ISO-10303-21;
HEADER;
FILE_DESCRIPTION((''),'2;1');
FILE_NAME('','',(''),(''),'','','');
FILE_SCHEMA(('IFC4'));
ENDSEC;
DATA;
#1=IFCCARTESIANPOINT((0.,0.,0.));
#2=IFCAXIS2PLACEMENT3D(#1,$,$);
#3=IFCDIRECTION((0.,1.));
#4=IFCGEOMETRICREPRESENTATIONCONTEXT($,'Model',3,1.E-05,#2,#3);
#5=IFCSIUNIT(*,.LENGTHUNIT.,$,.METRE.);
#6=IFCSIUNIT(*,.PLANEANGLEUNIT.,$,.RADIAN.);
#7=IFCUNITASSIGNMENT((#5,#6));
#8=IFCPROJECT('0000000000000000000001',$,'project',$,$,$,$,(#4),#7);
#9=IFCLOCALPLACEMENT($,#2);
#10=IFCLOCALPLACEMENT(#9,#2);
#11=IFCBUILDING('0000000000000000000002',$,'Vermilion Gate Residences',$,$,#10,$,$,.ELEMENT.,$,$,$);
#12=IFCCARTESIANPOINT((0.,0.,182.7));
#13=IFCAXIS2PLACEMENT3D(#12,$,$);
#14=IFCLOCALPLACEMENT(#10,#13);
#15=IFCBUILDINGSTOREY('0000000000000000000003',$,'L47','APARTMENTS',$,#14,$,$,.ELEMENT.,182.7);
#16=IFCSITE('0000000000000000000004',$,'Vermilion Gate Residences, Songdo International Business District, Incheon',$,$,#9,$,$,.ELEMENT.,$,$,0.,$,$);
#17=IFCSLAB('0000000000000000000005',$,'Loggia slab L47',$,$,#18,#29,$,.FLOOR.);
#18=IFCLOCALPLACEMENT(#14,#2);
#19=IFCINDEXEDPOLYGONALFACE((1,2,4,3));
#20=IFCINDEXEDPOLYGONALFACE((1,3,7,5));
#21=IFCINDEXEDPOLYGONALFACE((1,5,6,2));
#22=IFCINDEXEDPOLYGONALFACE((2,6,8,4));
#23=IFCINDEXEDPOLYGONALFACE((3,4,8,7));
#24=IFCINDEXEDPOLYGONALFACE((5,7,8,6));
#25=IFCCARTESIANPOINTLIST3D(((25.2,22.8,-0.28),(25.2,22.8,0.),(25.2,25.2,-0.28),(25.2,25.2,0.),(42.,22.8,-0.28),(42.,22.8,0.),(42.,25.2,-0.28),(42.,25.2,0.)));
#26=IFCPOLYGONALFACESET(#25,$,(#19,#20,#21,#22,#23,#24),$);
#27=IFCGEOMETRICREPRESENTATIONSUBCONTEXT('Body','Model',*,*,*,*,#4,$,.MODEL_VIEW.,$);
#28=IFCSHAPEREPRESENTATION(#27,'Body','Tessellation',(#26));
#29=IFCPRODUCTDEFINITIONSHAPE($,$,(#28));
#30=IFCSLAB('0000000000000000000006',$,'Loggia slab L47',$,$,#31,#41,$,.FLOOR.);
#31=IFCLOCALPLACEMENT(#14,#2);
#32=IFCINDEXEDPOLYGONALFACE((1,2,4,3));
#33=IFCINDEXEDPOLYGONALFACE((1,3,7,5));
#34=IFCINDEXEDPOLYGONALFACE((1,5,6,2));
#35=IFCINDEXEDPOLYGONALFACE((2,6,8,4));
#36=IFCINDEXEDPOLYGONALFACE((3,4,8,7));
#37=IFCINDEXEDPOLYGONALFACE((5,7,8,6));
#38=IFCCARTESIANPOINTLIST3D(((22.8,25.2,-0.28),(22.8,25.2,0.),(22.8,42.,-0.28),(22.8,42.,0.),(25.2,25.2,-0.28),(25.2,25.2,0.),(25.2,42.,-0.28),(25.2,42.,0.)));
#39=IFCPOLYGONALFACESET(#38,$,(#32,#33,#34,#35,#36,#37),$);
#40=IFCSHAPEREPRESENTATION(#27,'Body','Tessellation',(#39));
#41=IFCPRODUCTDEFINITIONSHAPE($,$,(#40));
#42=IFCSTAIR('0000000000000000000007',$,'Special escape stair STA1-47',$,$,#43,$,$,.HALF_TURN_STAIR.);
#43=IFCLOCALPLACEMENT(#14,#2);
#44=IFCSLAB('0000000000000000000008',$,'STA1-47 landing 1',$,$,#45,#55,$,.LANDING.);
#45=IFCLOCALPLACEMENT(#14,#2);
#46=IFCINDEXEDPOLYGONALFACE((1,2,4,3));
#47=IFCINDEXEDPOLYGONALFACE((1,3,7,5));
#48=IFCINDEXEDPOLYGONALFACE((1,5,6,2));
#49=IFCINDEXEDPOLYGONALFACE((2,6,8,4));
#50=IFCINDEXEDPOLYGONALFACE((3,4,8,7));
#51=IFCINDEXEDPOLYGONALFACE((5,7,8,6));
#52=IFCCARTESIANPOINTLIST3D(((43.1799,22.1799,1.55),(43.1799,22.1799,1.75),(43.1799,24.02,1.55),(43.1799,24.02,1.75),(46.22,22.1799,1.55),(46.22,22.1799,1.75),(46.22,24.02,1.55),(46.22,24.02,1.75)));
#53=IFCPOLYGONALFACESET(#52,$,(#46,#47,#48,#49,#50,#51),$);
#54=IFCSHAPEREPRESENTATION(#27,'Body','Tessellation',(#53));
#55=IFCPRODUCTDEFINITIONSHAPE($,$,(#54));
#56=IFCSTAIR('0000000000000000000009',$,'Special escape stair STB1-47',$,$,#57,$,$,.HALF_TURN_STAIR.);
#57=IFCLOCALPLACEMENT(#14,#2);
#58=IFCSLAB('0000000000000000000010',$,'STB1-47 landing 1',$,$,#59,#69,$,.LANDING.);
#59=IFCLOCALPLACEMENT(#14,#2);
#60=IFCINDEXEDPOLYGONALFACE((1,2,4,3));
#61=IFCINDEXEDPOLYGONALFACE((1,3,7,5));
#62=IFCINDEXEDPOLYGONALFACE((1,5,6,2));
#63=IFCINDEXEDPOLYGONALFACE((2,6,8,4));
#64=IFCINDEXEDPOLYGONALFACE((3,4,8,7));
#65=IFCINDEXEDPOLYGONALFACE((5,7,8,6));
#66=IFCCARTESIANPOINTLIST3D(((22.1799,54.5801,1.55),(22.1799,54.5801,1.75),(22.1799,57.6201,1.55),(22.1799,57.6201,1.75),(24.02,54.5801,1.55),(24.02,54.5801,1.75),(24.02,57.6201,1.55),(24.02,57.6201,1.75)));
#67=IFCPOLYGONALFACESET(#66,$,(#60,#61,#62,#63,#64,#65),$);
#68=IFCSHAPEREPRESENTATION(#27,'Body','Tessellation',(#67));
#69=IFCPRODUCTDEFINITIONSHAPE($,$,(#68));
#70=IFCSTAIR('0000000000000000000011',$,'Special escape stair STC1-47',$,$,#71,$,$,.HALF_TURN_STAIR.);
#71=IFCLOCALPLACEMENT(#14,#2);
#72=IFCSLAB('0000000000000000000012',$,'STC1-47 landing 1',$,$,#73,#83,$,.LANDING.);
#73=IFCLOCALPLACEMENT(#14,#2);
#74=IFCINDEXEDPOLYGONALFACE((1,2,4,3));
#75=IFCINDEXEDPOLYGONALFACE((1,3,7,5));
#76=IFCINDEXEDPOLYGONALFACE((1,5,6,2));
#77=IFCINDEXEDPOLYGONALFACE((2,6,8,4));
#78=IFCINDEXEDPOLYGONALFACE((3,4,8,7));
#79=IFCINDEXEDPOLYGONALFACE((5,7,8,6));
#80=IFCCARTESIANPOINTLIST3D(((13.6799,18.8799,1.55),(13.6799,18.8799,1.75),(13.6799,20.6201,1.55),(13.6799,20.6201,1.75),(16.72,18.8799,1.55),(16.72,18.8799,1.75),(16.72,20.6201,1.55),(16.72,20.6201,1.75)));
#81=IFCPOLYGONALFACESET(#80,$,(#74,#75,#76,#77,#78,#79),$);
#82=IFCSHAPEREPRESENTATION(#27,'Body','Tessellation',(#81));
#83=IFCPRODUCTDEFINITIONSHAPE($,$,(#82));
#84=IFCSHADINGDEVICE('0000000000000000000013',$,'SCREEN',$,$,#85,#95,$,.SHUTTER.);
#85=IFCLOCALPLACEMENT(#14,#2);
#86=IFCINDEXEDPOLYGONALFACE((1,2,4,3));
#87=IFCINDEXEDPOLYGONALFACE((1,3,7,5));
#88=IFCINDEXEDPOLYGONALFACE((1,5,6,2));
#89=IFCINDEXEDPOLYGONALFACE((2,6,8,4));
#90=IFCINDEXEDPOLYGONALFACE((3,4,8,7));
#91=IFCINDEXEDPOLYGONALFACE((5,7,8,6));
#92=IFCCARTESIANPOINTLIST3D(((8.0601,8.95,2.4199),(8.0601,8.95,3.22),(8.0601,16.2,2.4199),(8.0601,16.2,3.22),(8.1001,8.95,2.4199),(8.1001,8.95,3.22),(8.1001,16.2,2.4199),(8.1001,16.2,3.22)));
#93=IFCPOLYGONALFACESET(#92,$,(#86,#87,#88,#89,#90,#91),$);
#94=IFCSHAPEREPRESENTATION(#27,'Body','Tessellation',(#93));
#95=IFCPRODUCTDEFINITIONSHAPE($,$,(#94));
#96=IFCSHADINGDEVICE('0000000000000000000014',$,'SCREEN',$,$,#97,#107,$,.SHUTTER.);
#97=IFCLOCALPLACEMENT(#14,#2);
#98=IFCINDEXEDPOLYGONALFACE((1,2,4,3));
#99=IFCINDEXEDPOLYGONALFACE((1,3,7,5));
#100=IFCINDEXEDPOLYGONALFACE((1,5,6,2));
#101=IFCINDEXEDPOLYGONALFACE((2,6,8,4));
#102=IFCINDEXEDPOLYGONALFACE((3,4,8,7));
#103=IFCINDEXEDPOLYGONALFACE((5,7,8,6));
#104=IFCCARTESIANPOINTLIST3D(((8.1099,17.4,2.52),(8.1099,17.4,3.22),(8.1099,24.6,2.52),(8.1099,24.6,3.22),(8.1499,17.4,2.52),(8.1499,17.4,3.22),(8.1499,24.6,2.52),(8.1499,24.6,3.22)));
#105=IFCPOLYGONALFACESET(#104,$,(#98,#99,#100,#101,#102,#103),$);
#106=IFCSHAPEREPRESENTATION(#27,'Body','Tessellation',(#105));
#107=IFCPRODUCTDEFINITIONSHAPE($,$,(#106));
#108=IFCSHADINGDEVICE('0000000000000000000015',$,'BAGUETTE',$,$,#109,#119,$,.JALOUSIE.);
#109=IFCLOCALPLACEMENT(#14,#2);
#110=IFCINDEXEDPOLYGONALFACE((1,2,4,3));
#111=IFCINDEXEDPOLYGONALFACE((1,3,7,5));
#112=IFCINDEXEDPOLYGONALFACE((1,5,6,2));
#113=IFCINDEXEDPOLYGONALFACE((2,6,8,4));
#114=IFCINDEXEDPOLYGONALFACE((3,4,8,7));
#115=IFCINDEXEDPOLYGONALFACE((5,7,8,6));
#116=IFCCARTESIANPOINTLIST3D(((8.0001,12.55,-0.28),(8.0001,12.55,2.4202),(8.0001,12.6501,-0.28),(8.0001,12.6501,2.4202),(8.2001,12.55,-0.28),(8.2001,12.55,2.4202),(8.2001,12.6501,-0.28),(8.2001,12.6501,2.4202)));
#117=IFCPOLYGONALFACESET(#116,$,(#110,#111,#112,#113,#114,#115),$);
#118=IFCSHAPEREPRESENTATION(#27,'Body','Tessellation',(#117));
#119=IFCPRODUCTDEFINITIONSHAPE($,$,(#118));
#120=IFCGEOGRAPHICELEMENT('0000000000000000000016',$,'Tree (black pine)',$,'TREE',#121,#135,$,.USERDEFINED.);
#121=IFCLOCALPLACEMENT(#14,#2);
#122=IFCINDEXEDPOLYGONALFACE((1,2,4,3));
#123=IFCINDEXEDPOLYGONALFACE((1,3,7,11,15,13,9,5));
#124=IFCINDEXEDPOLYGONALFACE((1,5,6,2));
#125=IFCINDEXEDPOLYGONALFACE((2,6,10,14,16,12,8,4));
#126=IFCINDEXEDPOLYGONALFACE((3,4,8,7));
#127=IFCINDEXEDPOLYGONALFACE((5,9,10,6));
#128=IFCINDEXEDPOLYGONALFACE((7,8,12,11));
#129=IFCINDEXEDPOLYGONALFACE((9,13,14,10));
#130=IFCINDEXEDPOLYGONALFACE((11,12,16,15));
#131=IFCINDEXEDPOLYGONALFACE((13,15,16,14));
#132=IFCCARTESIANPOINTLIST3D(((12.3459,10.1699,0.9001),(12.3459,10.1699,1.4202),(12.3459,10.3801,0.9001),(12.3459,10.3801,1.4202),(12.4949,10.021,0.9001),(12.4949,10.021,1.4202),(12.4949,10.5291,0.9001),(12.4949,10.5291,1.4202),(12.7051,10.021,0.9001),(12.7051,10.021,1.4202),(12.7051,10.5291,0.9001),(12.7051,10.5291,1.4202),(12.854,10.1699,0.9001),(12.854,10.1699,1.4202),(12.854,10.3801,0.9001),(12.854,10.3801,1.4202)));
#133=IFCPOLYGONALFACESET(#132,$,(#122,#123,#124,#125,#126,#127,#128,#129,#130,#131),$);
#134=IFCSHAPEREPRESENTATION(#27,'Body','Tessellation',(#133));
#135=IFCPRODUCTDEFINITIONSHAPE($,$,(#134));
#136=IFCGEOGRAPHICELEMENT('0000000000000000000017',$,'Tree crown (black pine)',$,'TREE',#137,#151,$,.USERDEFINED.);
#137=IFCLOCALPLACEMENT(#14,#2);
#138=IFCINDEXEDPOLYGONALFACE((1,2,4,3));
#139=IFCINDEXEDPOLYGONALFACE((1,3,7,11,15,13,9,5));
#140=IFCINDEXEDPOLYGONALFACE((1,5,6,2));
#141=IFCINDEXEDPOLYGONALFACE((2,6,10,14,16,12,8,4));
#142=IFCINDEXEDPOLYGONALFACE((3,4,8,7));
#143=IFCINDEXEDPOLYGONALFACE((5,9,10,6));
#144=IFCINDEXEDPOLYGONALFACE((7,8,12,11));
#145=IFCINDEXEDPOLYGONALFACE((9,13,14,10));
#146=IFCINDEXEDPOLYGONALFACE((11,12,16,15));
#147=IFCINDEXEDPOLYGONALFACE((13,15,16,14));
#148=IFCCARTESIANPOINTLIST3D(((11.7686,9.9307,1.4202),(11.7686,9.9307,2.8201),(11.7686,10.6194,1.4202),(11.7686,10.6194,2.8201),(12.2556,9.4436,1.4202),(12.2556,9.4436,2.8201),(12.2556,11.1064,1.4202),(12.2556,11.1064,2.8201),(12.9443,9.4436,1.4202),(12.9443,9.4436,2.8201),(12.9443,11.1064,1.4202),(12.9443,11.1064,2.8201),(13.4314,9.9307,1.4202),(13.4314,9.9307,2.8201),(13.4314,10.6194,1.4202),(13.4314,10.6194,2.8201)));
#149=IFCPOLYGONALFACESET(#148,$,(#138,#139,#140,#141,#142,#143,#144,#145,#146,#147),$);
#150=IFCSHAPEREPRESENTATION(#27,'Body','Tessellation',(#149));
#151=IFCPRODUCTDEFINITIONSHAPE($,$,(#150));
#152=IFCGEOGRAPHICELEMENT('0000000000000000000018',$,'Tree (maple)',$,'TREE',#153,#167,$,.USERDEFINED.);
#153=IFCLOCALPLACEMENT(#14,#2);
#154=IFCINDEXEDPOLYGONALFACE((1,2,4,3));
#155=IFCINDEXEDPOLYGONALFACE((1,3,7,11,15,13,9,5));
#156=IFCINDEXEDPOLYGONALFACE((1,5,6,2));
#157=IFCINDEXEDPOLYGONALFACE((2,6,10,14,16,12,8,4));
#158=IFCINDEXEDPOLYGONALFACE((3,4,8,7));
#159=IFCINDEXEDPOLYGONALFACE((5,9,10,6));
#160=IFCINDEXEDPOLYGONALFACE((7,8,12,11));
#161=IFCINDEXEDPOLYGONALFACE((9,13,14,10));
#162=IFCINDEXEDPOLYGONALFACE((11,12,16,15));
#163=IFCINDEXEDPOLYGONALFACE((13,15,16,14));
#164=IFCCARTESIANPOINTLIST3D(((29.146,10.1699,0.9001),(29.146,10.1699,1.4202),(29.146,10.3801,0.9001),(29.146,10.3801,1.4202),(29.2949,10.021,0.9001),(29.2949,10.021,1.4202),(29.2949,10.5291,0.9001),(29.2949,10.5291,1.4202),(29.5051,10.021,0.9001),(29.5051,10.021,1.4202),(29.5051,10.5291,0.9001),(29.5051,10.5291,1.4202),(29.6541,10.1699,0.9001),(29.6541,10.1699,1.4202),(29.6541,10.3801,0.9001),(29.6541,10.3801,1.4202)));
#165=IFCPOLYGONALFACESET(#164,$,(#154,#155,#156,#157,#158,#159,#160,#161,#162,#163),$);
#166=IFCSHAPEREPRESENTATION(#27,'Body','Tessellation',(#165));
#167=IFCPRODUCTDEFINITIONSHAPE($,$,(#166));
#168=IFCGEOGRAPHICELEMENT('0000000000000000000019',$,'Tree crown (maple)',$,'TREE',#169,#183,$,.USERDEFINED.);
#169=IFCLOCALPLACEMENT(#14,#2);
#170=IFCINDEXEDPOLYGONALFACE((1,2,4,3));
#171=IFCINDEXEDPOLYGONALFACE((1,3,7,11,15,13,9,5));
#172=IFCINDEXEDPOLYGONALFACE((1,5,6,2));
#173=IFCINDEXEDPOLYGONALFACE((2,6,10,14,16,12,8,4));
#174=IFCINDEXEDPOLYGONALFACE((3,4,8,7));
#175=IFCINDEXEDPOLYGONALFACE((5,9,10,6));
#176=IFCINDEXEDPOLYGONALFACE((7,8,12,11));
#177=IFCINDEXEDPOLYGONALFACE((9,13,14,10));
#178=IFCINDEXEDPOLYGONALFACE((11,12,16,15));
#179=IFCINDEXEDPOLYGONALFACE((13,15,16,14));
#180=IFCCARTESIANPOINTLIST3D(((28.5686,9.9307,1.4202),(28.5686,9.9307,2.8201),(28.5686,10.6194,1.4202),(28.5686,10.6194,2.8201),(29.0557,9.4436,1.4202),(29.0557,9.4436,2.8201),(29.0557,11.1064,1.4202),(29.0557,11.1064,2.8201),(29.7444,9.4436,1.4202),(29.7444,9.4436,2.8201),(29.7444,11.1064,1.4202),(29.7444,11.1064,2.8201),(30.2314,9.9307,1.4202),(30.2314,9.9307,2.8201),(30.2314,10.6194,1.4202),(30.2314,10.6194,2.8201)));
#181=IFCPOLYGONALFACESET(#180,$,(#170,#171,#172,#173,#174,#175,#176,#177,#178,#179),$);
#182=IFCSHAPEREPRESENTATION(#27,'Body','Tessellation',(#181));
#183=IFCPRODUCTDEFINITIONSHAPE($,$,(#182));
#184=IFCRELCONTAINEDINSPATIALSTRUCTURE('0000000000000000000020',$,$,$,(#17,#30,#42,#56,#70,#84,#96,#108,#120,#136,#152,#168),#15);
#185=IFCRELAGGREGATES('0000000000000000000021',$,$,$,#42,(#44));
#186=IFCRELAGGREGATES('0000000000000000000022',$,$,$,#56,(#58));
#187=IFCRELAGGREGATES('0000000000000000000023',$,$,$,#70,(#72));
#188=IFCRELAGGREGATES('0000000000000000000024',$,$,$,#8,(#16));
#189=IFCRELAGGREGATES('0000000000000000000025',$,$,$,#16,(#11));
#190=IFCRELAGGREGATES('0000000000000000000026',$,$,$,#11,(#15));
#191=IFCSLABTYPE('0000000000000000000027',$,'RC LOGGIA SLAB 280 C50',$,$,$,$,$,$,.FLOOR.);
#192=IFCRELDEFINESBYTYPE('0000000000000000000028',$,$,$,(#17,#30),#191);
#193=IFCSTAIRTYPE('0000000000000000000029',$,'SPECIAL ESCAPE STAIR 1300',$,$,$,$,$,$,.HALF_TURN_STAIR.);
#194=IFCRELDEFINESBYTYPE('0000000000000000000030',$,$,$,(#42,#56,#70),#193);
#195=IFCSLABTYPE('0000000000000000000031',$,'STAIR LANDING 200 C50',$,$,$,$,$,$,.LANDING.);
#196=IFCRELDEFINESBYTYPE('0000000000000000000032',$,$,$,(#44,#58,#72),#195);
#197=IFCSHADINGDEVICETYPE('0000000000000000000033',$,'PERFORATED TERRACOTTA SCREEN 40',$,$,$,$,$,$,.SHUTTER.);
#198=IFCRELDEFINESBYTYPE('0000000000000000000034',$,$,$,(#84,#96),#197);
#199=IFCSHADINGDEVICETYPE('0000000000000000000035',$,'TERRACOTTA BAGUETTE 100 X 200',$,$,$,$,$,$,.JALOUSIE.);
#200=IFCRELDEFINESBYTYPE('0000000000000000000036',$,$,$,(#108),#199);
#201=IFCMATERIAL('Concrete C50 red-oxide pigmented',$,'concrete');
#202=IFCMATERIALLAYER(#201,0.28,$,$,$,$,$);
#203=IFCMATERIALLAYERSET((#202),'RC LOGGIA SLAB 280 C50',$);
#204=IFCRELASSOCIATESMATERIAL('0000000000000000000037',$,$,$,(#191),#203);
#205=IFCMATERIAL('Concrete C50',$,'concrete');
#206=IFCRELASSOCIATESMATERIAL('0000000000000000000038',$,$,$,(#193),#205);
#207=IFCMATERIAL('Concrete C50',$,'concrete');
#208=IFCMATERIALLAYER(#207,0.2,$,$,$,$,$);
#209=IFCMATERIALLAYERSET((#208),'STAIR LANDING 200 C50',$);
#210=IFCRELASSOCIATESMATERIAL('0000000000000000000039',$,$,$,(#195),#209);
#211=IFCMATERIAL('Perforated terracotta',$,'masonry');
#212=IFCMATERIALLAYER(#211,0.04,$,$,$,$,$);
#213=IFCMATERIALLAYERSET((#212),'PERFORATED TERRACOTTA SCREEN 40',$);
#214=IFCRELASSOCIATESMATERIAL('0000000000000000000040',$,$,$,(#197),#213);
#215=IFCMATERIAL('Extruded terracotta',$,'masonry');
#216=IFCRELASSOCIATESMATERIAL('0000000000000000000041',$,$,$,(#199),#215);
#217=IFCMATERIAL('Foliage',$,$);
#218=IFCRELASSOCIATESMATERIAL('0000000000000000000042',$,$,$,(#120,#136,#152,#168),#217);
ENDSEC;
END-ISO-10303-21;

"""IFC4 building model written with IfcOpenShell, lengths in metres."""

from ifc_helpers import new_model, si_unit, direction, frame, origin, origin_2d, place, context, subcontext, project, spatial, polyline, rectangle, outline, extrude, material, layer, layer_set, material_profile, profile_set, type_object, element, aggregate, save


model = new_model("IFC4")

# Units and contexts
model_context = context("Model", 3, precision=1e-05, world=origin(), true_north=direction((0.0, 1.0)))
body_context = subcontext(model_context, "Body", "Model", "MODEL_VIEW")
ifc_project = project(units=[si_unit("LENGTHUNIT", "METRE"), si_unit("PLANEANGLEUNIT", "RADIAN")], contexts=[model_context])

# Site, building, storey
site_placement = place(None, origin())
site = spatial("IfcSite", under=ifc_project, at=site_placement, Name="Vermilion Gate Residences, Songdo International Business District, Incheon", CompositionType="ELEMENT", RefElevation=0.0)
building_placement = place(site_placement, origin())
building = spatial("IfcBuilding", under=site, at=building_placement, Name="Vermilion Gate Residences", CompositionType="ELEMENT")
storey_placement = place(building_placement, frame((0.0, 0.0, 182.7)))
storey = spatial("IfcBuildingStorey", under=building, at=storey_placement, Name="L47", Description="APARTMENTS", CompositionType="ELEMENT", Elevation=182.7)

# Slabs
ifc_material_1 = material(Name="Concrete C50 red-oxide pigmented", Category="concrete")
ifc_layer_1 = layer(ifc_material_1, 0.28)
ifc_layer_set_1 = layer_set([ifc_layer_1], Name="RC LOGGIA SLAB 280 C50")
slab_type_1 = type_object("IfcSlabType", Name="RC LOGGIA SLAB 280 C50", PredefinedType="FLOOR", material=ifc_layer_set_1)
slab_1_placement = place(storey_placement, frame((0.0, 0.0, -0.28)))
element("IfcSlab", 1, at=slab_1_placement, inside=storey, type_object=slab_type_1, Name="Loggia slab L47", PredefinedType="FLOOR", context=body_context, shape_type="SweptSolid", body=[
    extrude(outline(polyline([(42.0, 25.2), (25.2, 25.2), (25.2, 22.8), (42.0, 22.8), (42.0, 25.2)])), origin(), (0.0, 0.0, 1.0), 0.28),
])
slab_2_placement = place(storey_placement, frame((0.0, 0.0, -0.28)))
element("IfcSlab", 2, at=slab_2_placement, inside=storey, type_object=slab_type_1, Name="Loggia slab L47", PredefinedType="FLOOR", context=body_context, shape_type="SweptSolid", body=[
    extrude(outline(polyline([(22.8, 42.0), (22.8, 25.2), (25.2, 25.2), (25.2, 42.0), (22.8, 42.0)])), origin(), (0.0, 0.0, 1.0), 0.28),
])

# Stairs, slabs
ifc_material_2 = material(Name="Concrete C50", Category="concrete")
stair_type = type_object("IfcStairType", Name="SPECIAL ESCAPE STAIR 1300", PredefinedType="HALF_TURN_STAIR", material=ifc_material_2)
stair_1_placement = place(storey_placement, origin())
stair_1 = element("IfcStair", 3, at=stair_1_placement, inside=storey, type_object=stair_type, Name="Special escape stair STA1-47", PredefinedType="HALF_TURN_STAIR")
ifc_material_3 = material(Name="Concrete C50", Category="concrete")
ifc_layer_2 = layer(ifc_material_3, 0.2)
ifc_layer_set_2 = layer_set([ifc_layer_2], Name="STAIR LANDING 200 C50")
slab_type_2 = type_object("IfcSlabType", Name="STAIR LANDING 200 C50", PredefinedType="LANDING", material=ifc_layer_set_2)
slab_3_placement = place(storey_placement, frame((0.0, 0.0, 1.55)))
slab_3 = element("IfcSlab", 4, at=slab_3_placement, type_object=slab_type_2, Name="STA1-47 landing 1", PredefinedType="LANDING", context=body_context, shape_type="SweptSolid", body=[
    extrude(outline(polyline([(46.22, 22.1799), (46.22, 24.02), (43.1799, 24.02), (43.1799, 22.1799), (46.22, 22.1799)])), origin(), (0.0, 0.0, 1.0), 0.2),
])
aggregate(stair_1, [slab_3])
stair_2_placement = place(storey_placement, origin())
stair_2 = element("IfcStair", 5, at=stair_2_placement, inside=storey, type_object=stair_type, Name="Special escape stair STB1-47", PredefinedType="HALF_TURN_STAIR")
slab_4_placement = place(storey_placement, frame((0.0, 0.0, 1.55)))
slab_4 = element("IfcSlab", 6, at=slab_4_placement, type_object=slab_type_2, Name="STB1-47 landing 1", PredefinedType="LANDING", context=body_context, shape_type="SweptSolid", body=[
    extrude(outline(polyline([(24.02, 54.5801), (24.02, 57.6201), (22.1799, 57.6201), (22.1799, 54.5801), (24.02, 54.5801)])), origin(), (0.0, 0.0, 1.0), 0.2),
])
aggregate(stair_2, [slab_4])
stair_3_placement = place(storey_placement, origin())
stair_3 = element("IfcStair", 7, at=stair_3_placement, inside=storey, type_object=stair_type, Name="Special escape stair STC1-47", PredefinedType="HALF_TURN_STAIR")
slab_5_placement = place(storey_placement, frame((0.0, 0.0, 1.55)))
slab_5 = element("IfcSlab", 8, at=slab_5_placement, type_object=slab_type_2, Name="STC1-47 landing 1", PredefinedType="LANDING", context=body_context, shape_type="SweptSolid", body=[
    extrude(outline(polyline([(16.72, 18.8799), (16.72, 20.6201), (13.6799, 20.6201), (13.6799, 18.8799), (16.72, 18.8799)])), origin(), (0.0, 0.0, 1.0), 0.2),
])
aggregate(stair_3, [slab_5])

# Shading devices
ifc_material_4 = material(Name="Perforated terracotta", Category="masonry")
ifc_layer_3 = layer(ifc_material_4, 0.04)
ifc_layer_set_3 = layer_set([ifc_layer_3], Name="PERFORATED TERRACOTTA SCREEN 40")
shading_device_type_1 = type_object("IfcShadingDeviceType", Name="PERFORATED TERRACOTTA SCREEN 40", PredefinedType="SHUTTER", material=ifc_layer_set_3)
shading_device_1_placement = place(storey_placement, frame((8.0801, 12.575, 2.4199), z_axis=(0.0, 0.0, 1.0), x_axis=(0.0, -1.0, 0.0)))
element("IfcShadingDevice", 9, at=shading_device_1_placement, inside=storey, type_object=shading_device_type_1, Name="SCREEN", PredefinedType="SHUTTER", context=body_context, shape_type="SweptSolid", body=[
    extrude(rectangle(XDim=7.25, YDim=0.04, at=origin_2d()), origin(), (0.0, 0.0, 1.0), 0.8),
])
shading_device_2_placement = place(storey_placement, frame((8.1299, 21.0, 2.52), z_axis=(0.0, 0.0, 1.0), x_axis=(0.0, -1.0, 0.0)))
element("IfcShadingDevice", 10, at=shading_device_2_placement, inside=storey, type_object=shading_device_type_1, Name="SCREEN", PredefinedType="SHUTTER", context=body_context, shape_type="SweptSolid", body=[
    extrude(rectangle(XDim=7.2, YDim=0.04, at=origin_2d()), origin(), (0.0, 0.0, 1.0), 0.7),
])
ifc_material_5 = material(Name="Extruded terracotta", Category="masonry")
ifc_material_profile = material_profile(ifc_material_5, rectangle(XDim=0.2, YDim=0.1001, at=origin_2d()), Name="BAGUETTE 100 X 200")
ifc_profile_set = profile_set([ifc_material_profile], Name="Extruded terracotta")
shading_device_type_2 = type_object("IfcShadingDeviceType", Name="TERRACOTTA BAGUETTE 100 X 200", PredefinedType="JALOUSIE", material=ifc_profile_set)
shading_device_3_placement = place(storey_placement, frame((8.1001, 12.6001, -0.28), z_axis=(0.0, 0.0, 1.0), x_axis=(1.0, 0.0, 0.0)))
element("IfcShadingDevice", 11, at=shading_device_3_placement, inside=storey, type_object=shading_device_type_2, Name="BAGUETTE", PredefinedType="JALOUSIE", context=body_context, shape_type="SweptSolid", body=[
    extrude(rectangle(XDim=0.2, YDim=0.1001, at=origin_2d()), origin(), (0.0, 0.0, 1.0), 2.7002),
])

# Geographic elements
ifc_material_6 = material(Name="Foliage")
geographic_element_1_placement = place(storey_placement, frame((0.0, 0.0, 0.9001)))
element("IfcGeographicElement", 12, at=geographic_element_1_placement, inside=storey, material=ifc_material_6, Name="Tree (black pine)", ObjectType="TREE", PredefinedType="USERDEFINED", context=body_context, shape_type="SweptSolid", body=[
    extrude(outline(polyline([(12.854, 10.3801), (12.7051, 10.5291), (12.4949, 10.5291), (12.3459, 10.3801), (12.3459, 10.1699), (12.4949, 10.021), (12.7051, 10.021), (12.854, 10.1699), (12.854, 10.3801)])), origin(), (0.0, 0.0, 1.0), 0.52),
])
geographic_element_2_placement = place(storey_placement, frame((0.0, 0.0, 1.4202)))
element("IfcGeographicElement", 13, at=geographic_element_2_placement, inside=storey, material=ifc_material_6, Name="Tree crown (black pine)", ObjectType="TREE", PredefinedType="USERDEFINED", context=body_context, shape_type="SweptSolid", body=[
    extrude(outline(polyline([(13.4314, 10.6194), (12.9443, 11.1064), (12.2556, 11.1064), (11.7686, 10.6194), (11.7686, 9.9307), (12.2556, 9.4436), (12.9443, 9.4436), (13.4314, 9.9307), (13.4314, 10.6194)])), origin(), (0.0, 0.0, 1.0), 1.3999),
])
geographic_element_3_placement = place(storey_placement, frame((0.0, 0.0, 0.9001)))
element("IfcGeographicElement", 14, at=geographic_element_3_placement, inside=storey, material=ifc_material_6, Name="Tree (maple)", ObjectType="TREE", PredefinedType="USERDEFINED", context=body_context, shape_type="SweptSolid", body=[
    extrude(outline(polyline([(29.6541, 10.3801), (29.5051, 10.5291), (29.2949, 10.5291), (29.146, 10.3801), (29.146, 10.1699), (29.2949, 10.021), (29.5051, 10.021), (29.6541, 10.1699), (29.6541, 10.3801)])), origin(), (0.0, 0.0, 1.0), 0.52),
])
geographic_element_4_placement = place(storey_placement, frame((0.0, 0.0, 1.4202)))
element("IfcGeographicElement", 15, at=geographic_element_4_placement, inside=storey, material=ifc_material_6, Name="Tree crown (maple)", ObjectType="TREE", PredefinedType="USERDEFINED", context=body_context, shape_type="SweptSolid", body=[
    extrude(outline(polyline([(30.2314, 10.6194), (29.7444, 11.1064), (29.0557, 11.1064), (28.5686, 10.6194), (28.5686, 9.9307), (29.0557, 9.4436), (29.7444, 9.4436), (30.2314, 9.9307), (30.2314, 10.6194)])), origin(), (0.0, 0.0, 1.0), 1.3999),
])

save(model, "model.ifc")
